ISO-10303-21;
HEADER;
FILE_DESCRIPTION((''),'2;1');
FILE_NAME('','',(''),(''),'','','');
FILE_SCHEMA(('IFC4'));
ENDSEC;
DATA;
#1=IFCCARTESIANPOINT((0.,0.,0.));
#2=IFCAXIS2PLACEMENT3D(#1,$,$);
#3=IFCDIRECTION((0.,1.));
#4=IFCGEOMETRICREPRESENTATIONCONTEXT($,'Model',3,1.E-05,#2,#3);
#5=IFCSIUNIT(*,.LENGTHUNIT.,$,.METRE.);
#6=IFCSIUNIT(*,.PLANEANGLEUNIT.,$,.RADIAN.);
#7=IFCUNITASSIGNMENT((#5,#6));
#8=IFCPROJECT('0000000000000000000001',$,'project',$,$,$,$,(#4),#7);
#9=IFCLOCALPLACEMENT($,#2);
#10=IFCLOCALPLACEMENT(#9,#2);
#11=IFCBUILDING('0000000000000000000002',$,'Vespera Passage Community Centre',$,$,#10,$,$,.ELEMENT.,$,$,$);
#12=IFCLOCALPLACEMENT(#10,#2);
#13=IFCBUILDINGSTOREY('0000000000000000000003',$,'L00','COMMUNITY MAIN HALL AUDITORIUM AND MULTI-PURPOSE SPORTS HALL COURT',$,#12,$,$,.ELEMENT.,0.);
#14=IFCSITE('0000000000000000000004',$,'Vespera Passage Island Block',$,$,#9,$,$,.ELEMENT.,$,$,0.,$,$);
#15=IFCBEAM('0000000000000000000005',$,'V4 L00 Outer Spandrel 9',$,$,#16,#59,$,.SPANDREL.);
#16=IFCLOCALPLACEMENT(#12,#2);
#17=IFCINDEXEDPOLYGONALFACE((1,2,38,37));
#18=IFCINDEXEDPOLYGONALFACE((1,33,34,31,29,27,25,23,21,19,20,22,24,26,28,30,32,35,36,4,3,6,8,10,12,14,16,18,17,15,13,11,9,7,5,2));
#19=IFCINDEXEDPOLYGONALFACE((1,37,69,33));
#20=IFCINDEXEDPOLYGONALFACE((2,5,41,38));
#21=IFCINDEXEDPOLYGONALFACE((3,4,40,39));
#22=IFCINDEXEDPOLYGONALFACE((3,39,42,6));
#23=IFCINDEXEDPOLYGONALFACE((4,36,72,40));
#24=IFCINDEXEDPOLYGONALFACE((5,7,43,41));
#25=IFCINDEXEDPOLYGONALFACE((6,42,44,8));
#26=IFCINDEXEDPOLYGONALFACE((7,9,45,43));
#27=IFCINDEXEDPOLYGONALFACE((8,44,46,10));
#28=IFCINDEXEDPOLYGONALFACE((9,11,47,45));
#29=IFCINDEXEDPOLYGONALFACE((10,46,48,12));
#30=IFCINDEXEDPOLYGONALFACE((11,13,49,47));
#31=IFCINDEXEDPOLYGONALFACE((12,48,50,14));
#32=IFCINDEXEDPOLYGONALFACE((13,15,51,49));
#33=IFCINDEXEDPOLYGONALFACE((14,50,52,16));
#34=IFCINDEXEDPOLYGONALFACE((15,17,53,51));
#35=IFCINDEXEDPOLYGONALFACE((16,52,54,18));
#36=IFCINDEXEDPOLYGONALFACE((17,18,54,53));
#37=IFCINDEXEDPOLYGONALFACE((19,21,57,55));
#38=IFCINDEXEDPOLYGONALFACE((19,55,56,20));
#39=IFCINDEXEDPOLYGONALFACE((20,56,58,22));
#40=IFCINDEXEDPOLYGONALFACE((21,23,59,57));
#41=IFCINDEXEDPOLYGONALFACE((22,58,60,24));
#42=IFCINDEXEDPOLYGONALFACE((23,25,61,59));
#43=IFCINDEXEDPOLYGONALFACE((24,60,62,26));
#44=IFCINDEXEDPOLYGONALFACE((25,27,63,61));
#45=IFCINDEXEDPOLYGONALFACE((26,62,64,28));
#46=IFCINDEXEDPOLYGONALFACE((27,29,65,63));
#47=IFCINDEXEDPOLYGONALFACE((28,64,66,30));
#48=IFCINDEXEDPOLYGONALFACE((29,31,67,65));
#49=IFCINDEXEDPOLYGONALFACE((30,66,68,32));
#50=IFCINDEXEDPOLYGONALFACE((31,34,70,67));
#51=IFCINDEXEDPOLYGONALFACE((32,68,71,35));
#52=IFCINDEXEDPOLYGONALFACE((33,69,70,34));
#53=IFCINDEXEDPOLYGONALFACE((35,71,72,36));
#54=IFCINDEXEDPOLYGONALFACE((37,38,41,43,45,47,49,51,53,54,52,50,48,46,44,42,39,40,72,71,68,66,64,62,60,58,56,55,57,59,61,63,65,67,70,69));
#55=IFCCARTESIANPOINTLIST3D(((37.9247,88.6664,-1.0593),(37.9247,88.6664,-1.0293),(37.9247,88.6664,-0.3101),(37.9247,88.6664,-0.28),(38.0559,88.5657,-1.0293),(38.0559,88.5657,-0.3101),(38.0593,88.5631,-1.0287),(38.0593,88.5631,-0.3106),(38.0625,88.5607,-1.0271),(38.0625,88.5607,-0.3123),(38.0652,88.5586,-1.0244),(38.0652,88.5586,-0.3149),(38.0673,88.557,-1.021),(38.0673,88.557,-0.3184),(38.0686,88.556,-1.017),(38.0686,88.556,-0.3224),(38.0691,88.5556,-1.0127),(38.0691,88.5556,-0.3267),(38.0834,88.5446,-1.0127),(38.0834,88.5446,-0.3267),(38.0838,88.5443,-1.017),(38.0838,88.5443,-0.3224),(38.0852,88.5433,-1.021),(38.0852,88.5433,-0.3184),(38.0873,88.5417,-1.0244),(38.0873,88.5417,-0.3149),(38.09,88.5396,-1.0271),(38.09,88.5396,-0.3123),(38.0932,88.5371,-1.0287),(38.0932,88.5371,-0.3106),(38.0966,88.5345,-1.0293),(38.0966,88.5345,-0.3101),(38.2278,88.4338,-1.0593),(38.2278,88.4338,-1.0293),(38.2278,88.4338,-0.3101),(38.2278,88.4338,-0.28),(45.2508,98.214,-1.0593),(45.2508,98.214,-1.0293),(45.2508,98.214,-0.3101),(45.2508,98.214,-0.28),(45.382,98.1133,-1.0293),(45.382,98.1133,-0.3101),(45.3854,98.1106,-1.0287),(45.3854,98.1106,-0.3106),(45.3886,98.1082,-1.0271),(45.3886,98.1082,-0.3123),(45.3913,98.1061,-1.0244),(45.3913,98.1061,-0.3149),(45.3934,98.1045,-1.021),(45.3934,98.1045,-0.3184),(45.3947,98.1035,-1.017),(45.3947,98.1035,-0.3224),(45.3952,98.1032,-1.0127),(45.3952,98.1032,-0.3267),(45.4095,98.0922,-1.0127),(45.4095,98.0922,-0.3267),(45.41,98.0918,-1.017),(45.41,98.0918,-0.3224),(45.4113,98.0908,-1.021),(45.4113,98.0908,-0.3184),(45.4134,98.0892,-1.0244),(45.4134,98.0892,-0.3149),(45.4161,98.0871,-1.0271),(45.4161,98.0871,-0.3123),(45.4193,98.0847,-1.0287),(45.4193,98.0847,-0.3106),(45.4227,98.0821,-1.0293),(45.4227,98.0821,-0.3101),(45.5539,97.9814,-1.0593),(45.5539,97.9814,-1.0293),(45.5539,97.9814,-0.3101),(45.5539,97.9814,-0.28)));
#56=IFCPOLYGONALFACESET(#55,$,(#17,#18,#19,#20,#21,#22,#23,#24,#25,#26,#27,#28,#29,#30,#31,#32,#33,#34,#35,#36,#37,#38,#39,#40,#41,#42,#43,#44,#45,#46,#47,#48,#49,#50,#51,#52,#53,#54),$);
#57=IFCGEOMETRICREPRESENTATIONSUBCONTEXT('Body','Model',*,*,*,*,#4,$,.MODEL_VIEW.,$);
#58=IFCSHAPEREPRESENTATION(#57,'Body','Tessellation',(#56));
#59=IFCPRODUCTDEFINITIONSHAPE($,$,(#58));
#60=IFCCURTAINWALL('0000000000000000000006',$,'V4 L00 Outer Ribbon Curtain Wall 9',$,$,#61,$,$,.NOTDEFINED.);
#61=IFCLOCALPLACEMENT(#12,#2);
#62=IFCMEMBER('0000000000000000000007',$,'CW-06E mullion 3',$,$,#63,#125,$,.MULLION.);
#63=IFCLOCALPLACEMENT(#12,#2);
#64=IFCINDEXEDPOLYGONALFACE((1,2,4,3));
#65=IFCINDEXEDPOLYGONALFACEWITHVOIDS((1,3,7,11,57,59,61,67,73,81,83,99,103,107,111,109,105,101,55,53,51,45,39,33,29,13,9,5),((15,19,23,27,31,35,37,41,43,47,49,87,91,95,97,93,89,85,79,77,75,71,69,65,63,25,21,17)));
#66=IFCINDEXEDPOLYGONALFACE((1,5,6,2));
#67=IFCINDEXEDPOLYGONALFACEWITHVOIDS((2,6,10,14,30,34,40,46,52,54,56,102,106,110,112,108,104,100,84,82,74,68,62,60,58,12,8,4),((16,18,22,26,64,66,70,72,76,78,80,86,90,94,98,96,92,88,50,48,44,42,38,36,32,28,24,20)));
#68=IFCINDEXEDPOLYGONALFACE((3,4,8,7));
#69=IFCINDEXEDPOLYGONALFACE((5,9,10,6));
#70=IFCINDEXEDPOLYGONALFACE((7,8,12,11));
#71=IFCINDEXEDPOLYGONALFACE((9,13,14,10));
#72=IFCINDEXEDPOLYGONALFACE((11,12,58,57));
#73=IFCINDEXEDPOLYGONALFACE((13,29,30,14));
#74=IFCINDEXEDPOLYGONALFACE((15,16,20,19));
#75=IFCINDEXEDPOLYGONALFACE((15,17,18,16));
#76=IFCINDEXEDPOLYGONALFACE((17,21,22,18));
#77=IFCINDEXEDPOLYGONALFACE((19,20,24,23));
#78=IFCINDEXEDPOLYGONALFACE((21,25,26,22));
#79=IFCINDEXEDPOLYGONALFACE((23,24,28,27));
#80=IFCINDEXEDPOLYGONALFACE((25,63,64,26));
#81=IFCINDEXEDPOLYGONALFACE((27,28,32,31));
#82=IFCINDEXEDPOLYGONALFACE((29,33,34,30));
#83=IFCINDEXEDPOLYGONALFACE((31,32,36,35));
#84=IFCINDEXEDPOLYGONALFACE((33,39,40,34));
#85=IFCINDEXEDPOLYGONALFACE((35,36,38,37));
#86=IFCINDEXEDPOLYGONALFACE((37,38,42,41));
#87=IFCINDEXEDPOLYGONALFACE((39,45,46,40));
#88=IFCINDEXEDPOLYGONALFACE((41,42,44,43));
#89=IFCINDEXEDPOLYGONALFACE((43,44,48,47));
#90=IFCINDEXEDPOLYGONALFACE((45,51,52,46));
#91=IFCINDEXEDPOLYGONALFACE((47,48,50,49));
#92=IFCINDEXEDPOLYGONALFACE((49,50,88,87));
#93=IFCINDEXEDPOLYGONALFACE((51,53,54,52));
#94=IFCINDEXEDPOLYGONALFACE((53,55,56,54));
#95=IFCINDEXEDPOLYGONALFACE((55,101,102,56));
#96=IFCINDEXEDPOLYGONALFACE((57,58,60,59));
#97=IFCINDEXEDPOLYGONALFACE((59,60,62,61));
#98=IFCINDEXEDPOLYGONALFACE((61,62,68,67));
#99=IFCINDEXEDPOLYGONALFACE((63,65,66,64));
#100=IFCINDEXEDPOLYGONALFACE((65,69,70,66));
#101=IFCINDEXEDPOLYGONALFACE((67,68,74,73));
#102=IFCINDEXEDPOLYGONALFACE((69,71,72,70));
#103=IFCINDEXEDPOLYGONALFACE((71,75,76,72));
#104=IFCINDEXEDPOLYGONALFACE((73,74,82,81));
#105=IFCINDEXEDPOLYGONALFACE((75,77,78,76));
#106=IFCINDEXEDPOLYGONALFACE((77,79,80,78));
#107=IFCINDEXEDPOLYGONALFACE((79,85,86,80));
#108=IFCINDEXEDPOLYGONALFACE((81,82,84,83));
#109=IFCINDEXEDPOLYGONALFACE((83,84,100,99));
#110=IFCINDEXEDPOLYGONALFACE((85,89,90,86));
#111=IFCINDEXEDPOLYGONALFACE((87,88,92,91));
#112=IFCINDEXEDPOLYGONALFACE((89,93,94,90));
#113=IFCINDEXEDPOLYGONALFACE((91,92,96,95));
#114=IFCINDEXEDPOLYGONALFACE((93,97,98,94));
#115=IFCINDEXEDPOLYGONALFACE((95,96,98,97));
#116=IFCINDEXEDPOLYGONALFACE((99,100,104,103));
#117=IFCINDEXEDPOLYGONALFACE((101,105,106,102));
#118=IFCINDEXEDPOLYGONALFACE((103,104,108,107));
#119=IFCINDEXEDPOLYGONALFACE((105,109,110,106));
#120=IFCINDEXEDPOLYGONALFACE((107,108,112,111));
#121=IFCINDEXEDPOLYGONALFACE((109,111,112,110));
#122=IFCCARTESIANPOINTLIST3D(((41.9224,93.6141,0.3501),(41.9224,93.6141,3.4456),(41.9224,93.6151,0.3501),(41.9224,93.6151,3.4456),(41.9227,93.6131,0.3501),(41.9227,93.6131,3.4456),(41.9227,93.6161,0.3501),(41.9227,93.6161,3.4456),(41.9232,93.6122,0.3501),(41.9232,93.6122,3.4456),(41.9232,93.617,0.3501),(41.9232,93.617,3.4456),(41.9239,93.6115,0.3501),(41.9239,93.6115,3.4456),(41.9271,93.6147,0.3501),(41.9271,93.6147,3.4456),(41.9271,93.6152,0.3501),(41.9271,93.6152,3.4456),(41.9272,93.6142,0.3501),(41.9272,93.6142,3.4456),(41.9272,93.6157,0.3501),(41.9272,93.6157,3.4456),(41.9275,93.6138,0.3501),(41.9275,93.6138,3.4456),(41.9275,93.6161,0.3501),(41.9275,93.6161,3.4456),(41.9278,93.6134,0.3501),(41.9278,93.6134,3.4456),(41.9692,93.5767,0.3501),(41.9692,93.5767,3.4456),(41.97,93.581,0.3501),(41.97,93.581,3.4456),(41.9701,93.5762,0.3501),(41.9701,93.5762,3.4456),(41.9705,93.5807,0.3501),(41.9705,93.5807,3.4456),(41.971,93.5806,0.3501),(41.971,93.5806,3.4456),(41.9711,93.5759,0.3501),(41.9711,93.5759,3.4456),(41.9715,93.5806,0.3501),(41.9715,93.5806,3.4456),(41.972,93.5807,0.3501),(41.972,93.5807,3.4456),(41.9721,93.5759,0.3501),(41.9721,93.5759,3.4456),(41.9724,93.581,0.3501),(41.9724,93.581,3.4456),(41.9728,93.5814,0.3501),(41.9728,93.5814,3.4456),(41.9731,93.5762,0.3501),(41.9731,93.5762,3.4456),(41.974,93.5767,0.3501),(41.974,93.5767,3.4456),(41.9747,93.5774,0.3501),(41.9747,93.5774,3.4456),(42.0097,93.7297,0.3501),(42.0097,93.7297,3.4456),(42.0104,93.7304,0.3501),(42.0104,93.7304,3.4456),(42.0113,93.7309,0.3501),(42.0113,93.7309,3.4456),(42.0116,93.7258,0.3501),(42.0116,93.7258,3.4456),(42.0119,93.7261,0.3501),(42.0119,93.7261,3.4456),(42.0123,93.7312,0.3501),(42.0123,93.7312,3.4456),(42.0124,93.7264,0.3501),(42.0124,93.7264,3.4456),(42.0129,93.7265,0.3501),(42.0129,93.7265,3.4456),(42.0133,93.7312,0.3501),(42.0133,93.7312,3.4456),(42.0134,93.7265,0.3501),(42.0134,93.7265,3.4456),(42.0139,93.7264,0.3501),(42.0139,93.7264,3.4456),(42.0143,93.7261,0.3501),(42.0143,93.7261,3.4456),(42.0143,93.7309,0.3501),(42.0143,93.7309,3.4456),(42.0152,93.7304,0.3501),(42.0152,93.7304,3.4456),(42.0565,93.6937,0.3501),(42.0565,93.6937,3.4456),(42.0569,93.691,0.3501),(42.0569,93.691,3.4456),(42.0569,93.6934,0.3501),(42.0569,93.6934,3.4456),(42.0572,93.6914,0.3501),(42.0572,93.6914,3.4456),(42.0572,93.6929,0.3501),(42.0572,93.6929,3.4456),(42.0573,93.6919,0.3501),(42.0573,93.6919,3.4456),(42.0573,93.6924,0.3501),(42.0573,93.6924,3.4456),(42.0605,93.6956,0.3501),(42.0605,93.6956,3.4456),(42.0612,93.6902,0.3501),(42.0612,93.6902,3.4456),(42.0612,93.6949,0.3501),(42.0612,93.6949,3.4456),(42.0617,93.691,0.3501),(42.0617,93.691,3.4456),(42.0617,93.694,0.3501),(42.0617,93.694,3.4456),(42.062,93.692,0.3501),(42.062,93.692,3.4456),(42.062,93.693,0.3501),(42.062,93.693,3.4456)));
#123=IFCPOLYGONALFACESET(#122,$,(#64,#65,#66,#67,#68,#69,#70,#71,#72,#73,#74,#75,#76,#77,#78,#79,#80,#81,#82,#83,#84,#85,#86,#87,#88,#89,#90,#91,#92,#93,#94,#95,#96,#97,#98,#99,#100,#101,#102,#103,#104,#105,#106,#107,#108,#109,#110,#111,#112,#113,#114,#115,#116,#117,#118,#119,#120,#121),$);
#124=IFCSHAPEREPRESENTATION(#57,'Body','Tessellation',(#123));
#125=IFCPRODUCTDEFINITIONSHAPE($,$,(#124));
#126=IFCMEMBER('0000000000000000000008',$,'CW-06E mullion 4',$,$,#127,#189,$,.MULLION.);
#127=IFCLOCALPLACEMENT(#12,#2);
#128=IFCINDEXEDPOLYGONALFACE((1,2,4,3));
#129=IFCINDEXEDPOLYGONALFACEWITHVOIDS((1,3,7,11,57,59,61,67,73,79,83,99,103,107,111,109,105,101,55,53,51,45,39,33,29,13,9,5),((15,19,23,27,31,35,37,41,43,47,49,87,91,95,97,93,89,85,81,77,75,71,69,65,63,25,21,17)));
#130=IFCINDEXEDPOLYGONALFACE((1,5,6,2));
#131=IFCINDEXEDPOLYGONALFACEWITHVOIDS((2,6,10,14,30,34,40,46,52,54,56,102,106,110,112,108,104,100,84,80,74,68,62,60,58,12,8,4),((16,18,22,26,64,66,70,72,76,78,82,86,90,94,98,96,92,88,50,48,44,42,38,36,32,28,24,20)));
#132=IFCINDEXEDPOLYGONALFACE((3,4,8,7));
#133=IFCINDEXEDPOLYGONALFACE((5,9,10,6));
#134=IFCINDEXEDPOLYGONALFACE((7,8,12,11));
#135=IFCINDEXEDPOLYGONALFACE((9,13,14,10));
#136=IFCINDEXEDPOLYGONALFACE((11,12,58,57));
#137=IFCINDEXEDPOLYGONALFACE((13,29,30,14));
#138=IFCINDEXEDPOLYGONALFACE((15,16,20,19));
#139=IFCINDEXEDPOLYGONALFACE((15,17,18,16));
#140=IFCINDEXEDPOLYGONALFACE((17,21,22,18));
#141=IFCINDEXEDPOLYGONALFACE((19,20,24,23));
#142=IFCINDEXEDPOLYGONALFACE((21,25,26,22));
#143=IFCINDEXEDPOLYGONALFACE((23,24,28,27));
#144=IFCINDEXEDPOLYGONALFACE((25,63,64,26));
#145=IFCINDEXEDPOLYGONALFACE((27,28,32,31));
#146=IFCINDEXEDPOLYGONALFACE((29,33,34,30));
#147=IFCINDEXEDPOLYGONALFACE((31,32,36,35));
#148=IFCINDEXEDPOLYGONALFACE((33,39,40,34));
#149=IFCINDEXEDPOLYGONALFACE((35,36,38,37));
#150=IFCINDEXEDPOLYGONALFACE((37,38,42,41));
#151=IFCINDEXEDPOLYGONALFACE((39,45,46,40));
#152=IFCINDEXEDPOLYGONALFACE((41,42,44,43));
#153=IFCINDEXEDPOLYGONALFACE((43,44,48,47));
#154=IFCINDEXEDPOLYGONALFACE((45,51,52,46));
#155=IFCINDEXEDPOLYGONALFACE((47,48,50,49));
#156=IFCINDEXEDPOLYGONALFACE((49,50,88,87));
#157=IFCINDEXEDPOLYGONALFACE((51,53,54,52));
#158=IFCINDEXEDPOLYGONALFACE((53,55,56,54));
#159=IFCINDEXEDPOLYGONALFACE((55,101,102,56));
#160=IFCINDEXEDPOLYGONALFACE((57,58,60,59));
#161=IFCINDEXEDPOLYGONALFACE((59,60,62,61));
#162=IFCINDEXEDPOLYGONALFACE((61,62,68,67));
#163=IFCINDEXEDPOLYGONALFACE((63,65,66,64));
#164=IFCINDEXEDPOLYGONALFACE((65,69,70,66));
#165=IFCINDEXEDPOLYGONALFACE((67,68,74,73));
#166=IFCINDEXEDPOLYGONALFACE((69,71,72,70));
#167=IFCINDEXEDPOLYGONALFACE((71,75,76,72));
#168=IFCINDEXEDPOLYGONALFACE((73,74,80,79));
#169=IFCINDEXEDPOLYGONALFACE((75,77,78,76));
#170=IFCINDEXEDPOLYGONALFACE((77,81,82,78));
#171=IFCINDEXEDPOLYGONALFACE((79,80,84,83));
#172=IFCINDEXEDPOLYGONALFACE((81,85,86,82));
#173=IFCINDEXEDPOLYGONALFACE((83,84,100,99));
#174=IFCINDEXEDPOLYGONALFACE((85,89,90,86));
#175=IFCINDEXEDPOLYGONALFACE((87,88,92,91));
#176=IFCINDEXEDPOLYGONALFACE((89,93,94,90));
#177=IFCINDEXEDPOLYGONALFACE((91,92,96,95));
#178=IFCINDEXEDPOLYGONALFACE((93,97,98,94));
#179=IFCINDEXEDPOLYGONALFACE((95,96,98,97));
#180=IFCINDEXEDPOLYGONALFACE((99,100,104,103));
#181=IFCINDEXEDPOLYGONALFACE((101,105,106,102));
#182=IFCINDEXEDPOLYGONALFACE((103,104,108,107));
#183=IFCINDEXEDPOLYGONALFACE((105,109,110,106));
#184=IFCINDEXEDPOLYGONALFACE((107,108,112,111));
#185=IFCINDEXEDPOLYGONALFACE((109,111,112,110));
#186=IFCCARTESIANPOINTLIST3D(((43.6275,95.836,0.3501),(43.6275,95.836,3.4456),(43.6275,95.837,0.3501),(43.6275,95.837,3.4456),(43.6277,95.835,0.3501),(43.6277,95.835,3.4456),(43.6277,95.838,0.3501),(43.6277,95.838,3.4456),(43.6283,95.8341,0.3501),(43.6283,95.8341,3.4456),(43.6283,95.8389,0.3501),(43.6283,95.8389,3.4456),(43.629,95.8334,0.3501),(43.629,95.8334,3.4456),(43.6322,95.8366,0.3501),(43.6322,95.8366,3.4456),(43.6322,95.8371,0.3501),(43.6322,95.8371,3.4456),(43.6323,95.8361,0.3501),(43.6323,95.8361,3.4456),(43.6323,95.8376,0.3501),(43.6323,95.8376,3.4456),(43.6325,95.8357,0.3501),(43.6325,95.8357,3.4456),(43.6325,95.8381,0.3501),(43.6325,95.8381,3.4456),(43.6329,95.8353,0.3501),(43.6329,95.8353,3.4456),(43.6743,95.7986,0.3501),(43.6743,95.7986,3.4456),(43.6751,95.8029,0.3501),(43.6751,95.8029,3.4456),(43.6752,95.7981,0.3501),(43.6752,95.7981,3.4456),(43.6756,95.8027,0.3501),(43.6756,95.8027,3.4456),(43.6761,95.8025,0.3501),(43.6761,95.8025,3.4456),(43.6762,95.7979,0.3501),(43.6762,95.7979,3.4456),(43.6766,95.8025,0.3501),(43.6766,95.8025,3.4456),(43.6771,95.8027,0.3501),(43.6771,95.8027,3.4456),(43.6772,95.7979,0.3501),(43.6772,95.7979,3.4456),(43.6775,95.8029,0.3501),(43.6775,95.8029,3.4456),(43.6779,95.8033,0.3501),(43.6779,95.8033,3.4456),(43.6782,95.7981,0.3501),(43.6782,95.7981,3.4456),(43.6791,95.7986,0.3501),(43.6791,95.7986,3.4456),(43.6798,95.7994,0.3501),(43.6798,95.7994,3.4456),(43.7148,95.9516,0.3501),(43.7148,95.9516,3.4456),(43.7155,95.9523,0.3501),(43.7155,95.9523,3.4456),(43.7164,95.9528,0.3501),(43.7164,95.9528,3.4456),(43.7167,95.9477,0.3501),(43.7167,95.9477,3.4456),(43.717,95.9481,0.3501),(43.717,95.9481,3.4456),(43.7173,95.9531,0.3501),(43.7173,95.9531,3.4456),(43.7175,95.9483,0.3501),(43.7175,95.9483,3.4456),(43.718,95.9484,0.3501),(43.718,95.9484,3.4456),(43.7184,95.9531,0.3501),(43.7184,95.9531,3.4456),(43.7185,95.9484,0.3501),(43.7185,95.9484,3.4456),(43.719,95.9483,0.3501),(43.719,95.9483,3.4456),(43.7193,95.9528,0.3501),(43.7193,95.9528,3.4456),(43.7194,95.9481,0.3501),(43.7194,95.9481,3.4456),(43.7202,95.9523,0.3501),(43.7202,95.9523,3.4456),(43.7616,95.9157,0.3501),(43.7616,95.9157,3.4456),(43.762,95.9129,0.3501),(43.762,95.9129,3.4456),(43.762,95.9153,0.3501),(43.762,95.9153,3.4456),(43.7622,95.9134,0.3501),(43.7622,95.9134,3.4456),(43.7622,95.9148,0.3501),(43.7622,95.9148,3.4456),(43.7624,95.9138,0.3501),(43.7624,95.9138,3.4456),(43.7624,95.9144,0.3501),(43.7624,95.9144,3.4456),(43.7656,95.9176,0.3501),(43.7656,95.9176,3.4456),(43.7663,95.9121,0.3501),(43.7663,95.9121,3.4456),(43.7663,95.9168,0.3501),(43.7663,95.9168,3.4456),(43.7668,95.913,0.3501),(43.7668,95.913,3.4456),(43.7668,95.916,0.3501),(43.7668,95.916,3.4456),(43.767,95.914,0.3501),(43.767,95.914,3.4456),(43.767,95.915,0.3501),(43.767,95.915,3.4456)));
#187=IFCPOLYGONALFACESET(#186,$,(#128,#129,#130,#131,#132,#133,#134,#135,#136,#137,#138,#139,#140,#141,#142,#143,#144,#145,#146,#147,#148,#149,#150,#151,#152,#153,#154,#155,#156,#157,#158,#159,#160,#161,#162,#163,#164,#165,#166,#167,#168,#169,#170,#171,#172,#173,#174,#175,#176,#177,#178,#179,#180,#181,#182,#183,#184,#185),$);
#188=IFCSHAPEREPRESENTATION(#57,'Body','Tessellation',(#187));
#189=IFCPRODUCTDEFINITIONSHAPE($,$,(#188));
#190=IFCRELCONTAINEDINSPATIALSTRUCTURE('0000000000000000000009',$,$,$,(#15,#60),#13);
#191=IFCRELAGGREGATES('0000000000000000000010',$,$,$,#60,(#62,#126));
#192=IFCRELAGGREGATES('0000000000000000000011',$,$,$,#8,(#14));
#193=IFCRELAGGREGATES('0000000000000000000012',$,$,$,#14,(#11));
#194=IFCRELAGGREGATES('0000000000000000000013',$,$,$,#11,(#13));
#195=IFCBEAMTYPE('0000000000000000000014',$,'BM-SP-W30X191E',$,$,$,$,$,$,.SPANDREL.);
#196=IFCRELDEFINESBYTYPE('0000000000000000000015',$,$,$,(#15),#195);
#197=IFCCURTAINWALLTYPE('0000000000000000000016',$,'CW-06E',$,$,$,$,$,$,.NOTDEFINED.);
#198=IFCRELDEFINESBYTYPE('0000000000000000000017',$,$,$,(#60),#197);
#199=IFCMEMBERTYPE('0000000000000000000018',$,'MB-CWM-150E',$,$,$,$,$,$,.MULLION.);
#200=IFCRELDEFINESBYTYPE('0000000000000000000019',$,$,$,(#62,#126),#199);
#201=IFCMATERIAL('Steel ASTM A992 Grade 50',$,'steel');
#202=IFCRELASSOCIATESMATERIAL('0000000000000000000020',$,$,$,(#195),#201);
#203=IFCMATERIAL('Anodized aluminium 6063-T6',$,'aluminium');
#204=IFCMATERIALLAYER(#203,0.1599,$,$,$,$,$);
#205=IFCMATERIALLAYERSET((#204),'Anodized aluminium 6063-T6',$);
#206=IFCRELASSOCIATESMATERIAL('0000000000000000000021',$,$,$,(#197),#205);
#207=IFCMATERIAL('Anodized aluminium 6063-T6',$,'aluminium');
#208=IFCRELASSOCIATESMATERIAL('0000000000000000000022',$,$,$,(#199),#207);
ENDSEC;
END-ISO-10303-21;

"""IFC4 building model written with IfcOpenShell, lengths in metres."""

from ifc_helpers import new_model, si_unit, direction, frame, origin, origin_2d, place, context, subcontext, project, spatial, hollow_rectangle, i_section, extrude, material, layer, layer_set, material_profile, profile_set, type_object, element, aggregate, save


model = new_model("IFC4")

# Units and contexts
model_context = context("Model", 3, precision=1e-05, world=origin(), true_north=direction((0.0, 1.0)))
body_context = subcontext(model_context, "Body", "Model", "MODEL_VIEW")
ifc_project = project(units=[si_unit("LENGTHUNIT", "METRE"), si_unit("PLANEANGLEUNIT", "RADIAN")], contexts=[model_context])

# Site, building, storey
site_placement = place(None, origin())
site = spatial("IfcSite", under=ifc_project, at=site_placement, Name="Vespera Passage Island Block", CompositionType="ELEMENT", RefElevation=0.0)
building_placement = place(site_placement, origin())
building = spatial("IfcBuilding", under=site, at=building_placement, Name="Vespera Passage Community Centre", CompositionType="ELEMENT")
storey_placement = place(building_placement, origin())
storey = spatial("IfcBuildingStorey", under=building, at=storey_placement, Name="L00", Description="COMMUNITY MAIN HALL AUDITORIUM AND MULTI-PURPOSE SPORTS HALL COURT", CompositionType="ELEMENT", Elevation=0.0)

# Beam
ifc_material_1 = material(Name="Steel ASTM A992 Grade 50", Category="steel")
ifc_material_profile_1 = material_profile(ifc_material_1, i_section(OverallWidth=0.3821, OverallDepth=0.7793, WebThickness=0.0181, FlangeThickness=0.03, FilletRadius=0.0166, at=origin_2d()), Name="W30X191")
ifc_profile_set_1 = profile_set([ifc_material_profile_1], Name="Steel ASTM A992 Grade 50")
beam_type = type_object("IfcBeamType", Name="BM-SP-W30X191E", PredefinedType="SPANDREL", material=ifc_profile_set_1)
beam_placement = place(storey_placement, frame((45.4023, 98.0977, -0.6697), z_axis=(-0.608763, -0.793352, 0.0), x_axis=(0.793352, -0.608763, 0.0)))
element("IfcBeam", 1, at=beam_placement, inside=storey, type_object=beam_type, Name="V4 L00 Outer Spandrel 9", PredefinedType="SPANDREL", context=body_context, shape_type="SweptSolid", body=[
    extrude(i_section(OverallWidth=0.3821, OverallDepth=0.7793, WebThickness=0.0181, FlangeThickness=0.03, FilletRadius=0.0166, at=origin_2d()), origin(), (0.0, 0.0, 1.0), 12.0344),
])

# Curtain wall, members
ifc_material_2 = material(Name="Anodized aluminium 6063-T6", Category="aluminium")
ifc_layer_1 = layer(ifc_material_2, 0.1599)
ifc_layer_set_1 = layer_set([ifc_layer_1], Name="Anodized aluminium 6063-T6")
curtain_wall_type_1 = type_object("IfcCurtainWallType", Name="CW-06E", PredefinedType="NOTDEFINED", material=ifc_layer_set_1)
curtain_wall_1_placement = place(storey_placement, origin())
curtain_wall_1 = element("IfcCurtainWall", 2, at=curtain_wall_1_placement, inside=storey, type_object=curtain_wall_type_1, Name="V4 L00 Outer Ribbon Curtain Wall 9", PredefinedType="NOTDEFINED")
ifc_material_3 = material(Name="Anodized aluminium 6063-T6", Category="aluminium")
ifc_material_profile_2 = material_profile(ifc_material_3, hollow_rectangle(XDim=0.0649, YDim=0.1499, WallThickness=0.0039, InnerFilletRadius=0.002, OuterFilletRadius=0.0039, at=origin_2d()), Name="ALU150X65X4")
ifc_profile_set_2 = profile_set([ifc_material_profile_2], Name="Anodized aluminium 6063-T6")
member_type_1 = type_object("IfcMemberType", Name="MB-CWM-150E", PredefinedType="MULLION", material=ifc_profile_set_2)
member_1_placement = place(storey_placement, frame((41.9922, 93.6536, 0.3501), z_axis=(0.0, 0.0, 1.0), x_axis=(-0.79335, 0.608765, 0.0)))
member_1 = element("IfcMember", 3, at=member_1_placement, type_object=member_type_1, Name="CW-06E mullion 3", PredefinedType="MULLION", context=body_context, shape_type="SweptSolid", body=[
    extrude(hollow_rectangle(XDim=0.0649, YDim=0.1499, WallThickness=0.0039, InnerFilletRadius=0.002, OuterFilletRadius=0.0039, at=origin_2d()), origin(), (0.0, 0.0, 1.0), 3.0955),
])
member_2_placement = place(storey_placement, frame((43.6973, 95.8755, 0.3501), z_axis=(0.0, 0.0, 1.0), x_axis=(-0.79335, 0.608765, 0.0)))
member_2 = element("IfcMember", 4, at=member_2_placement, type_object=member_type_1, Name="CW-06E mullion 4", PredefinedType="MULLION", context=body_context, shape_type="SweptSolid", body=[
    extrude(hollow_rectangle(XDim=0.0649, YDim=0.1499, WallThickness=0.0039, InnerFilletRadius=0.002, OuterFilletRadius=0.0039, at=origin_2d()), origin(), (0.0, 0.0, 1.0), 3.0955),
])

aggregate(curtain_wall_1, [member_1, member_2])

save(model, "model.ifc")
